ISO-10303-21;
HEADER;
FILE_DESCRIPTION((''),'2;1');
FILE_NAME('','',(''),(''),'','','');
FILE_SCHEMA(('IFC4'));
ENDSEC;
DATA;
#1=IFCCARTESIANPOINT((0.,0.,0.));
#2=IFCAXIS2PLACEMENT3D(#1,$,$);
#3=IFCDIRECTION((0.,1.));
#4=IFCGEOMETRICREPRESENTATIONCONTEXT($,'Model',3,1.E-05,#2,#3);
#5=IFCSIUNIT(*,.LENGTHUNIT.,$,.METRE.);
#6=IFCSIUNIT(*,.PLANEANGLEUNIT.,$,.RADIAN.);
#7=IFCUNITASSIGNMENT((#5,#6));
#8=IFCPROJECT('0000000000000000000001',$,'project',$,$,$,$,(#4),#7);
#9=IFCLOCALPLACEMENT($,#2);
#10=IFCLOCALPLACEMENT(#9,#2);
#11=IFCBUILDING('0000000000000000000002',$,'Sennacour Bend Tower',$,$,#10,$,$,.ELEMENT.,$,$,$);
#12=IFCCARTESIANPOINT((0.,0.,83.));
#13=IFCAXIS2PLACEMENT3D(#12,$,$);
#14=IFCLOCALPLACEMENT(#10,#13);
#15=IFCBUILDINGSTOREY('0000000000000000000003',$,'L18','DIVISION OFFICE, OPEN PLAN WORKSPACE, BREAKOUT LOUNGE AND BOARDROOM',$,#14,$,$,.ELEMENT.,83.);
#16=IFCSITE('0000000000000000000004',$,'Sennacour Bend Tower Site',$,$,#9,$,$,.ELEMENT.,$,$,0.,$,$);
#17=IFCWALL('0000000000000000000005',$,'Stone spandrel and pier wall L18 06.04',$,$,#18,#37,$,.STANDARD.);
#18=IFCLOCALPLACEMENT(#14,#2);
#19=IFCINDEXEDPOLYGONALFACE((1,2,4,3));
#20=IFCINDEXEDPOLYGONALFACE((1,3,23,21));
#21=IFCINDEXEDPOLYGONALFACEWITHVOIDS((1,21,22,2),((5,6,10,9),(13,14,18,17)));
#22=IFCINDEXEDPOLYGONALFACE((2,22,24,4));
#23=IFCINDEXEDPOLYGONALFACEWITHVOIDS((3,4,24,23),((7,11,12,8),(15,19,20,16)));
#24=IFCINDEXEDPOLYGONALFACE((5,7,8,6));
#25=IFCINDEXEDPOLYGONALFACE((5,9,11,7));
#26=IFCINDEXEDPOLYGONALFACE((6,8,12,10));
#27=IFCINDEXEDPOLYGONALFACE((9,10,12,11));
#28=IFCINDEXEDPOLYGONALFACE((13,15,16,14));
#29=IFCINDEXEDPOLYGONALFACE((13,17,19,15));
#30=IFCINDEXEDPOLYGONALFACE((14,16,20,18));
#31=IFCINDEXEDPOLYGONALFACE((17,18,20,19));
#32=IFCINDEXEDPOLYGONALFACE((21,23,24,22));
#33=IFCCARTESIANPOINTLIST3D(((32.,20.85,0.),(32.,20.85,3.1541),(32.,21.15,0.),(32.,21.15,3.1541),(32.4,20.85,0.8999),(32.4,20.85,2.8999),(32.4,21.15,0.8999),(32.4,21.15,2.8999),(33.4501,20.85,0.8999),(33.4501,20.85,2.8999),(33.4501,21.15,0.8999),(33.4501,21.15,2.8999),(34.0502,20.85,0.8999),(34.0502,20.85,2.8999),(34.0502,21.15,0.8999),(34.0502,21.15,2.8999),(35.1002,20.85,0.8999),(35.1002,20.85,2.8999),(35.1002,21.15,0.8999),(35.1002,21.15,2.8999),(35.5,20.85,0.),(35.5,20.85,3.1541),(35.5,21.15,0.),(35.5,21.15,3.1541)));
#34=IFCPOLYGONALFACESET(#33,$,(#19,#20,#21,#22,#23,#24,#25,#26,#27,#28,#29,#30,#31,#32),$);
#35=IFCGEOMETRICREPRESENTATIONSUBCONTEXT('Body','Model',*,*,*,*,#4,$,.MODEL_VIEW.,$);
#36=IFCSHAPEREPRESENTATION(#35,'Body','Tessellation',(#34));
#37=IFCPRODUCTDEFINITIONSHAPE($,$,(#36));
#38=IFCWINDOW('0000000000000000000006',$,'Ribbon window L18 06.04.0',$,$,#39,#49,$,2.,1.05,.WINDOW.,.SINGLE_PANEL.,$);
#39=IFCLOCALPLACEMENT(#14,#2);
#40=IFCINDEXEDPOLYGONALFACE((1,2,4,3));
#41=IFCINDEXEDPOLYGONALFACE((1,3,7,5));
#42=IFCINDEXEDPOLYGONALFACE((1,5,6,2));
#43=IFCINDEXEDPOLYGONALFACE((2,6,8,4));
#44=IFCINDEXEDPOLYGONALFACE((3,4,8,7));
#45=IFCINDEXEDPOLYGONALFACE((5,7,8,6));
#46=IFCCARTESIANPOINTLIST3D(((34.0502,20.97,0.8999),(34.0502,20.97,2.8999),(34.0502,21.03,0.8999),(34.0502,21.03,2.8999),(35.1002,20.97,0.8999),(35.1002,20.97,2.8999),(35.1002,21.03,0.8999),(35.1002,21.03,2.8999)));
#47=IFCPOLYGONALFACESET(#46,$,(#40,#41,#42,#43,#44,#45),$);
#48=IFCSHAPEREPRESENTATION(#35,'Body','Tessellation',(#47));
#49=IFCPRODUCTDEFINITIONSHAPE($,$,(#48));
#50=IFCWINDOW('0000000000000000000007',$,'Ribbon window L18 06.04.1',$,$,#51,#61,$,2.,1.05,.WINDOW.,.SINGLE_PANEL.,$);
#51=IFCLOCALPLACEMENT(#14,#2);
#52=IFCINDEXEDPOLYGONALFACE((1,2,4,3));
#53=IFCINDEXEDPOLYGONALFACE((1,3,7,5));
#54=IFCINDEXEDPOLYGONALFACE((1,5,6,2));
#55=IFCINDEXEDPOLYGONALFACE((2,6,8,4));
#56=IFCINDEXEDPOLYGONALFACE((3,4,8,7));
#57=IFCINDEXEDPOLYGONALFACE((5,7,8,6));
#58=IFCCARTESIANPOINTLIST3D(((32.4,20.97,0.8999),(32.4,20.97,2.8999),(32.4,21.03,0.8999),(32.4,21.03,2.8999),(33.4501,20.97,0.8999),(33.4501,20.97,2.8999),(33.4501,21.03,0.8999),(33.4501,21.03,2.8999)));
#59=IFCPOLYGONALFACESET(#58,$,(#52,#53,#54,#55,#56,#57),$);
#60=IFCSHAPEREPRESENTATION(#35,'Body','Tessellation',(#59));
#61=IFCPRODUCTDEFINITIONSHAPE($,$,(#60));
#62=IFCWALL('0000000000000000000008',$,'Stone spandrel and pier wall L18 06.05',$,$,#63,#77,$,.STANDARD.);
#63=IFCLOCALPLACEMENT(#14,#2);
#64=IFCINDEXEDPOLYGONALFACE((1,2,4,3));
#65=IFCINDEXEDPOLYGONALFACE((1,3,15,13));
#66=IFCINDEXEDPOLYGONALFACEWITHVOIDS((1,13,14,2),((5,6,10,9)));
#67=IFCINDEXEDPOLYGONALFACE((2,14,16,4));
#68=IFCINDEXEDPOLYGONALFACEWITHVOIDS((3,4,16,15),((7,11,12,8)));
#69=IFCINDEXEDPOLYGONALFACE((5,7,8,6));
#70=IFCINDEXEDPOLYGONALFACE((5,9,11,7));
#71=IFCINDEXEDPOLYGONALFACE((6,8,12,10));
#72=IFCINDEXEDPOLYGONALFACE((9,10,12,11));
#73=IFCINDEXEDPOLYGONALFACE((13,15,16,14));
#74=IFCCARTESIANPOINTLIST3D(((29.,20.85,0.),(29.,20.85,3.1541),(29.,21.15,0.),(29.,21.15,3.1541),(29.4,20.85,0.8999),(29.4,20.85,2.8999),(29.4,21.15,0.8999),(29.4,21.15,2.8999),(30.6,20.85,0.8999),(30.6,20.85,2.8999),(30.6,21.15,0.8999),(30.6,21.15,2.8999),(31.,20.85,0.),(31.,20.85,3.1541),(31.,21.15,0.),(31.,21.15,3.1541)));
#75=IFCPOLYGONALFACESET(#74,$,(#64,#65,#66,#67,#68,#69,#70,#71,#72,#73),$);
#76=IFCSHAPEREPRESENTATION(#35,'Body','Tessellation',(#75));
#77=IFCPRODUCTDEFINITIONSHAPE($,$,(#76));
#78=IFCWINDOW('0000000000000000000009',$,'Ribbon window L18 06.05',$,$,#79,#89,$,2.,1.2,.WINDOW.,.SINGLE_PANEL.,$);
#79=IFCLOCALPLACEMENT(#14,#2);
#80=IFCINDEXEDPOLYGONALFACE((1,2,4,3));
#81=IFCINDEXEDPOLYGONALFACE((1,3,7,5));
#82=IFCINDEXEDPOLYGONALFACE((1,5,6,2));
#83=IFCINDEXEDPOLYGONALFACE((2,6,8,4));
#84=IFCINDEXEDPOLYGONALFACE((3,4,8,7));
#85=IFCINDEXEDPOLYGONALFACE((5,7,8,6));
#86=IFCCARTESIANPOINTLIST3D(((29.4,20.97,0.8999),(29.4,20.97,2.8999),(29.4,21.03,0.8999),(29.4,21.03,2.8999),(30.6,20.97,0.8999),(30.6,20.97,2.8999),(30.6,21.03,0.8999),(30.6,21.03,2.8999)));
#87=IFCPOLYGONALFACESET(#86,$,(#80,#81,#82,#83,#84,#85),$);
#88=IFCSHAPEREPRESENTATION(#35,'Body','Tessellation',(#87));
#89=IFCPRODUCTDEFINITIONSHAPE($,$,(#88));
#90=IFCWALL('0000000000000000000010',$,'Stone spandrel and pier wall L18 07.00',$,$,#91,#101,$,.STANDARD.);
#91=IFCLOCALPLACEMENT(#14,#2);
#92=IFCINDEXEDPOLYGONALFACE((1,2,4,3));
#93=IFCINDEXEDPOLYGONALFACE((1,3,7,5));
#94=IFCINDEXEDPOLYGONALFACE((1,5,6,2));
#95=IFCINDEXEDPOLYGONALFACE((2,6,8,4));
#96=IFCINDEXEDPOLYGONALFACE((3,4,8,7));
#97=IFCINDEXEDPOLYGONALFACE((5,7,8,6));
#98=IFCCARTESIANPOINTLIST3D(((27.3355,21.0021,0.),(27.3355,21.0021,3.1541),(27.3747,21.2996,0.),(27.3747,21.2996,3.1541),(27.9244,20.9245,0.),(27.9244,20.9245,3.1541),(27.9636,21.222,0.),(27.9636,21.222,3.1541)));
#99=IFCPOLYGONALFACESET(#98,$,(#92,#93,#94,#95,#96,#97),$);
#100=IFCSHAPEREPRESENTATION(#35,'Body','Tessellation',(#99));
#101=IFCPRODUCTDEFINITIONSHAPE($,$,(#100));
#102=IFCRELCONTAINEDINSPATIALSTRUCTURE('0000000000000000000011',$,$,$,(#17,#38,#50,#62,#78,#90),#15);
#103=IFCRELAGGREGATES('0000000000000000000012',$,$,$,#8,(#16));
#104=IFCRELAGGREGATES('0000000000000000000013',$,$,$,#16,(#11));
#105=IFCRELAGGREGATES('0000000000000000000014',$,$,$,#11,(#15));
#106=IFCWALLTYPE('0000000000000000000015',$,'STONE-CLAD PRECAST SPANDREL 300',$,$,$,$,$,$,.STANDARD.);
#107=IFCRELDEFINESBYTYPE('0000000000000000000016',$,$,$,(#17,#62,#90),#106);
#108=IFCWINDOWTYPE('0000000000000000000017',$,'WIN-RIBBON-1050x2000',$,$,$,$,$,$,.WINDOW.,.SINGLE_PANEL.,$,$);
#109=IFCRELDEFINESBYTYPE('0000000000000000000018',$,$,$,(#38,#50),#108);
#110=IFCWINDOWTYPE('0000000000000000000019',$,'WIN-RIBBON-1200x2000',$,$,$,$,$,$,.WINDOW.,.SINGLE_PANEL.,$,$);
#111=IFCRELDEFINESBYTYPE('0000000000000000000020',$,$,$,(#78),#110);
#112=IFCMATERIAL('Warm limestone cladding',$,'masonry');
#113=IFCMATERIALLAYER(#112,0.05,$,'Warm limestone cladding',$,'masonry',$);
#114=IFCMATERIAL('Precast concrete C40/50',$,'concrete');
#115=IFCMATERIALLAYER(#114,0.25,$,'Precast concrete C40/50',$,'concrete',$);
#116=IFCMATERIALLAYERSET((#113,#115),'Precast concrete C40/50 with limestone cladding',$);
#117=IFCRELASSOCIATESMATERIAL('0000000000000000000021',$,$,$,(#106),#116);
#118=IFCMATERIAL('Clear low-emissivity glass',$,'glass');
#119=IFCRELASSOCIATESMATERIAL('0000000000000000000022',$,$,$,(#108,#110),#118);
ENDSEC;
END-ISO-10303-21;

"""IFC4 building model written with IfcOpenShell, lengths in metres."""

from ifc_helpers import new_model, si_unit, direction, frame, frame_2d, origin, place, context, subcontext, project, spatial, rectangle, extrude, material, layer, layer_set, type_object, element, fill, save


model = new_model("IFC4")

# Units and contexts
model_context = context("Model", 3, precision=1e-05, world=origin(), true_north=direction((0.0, 1.0)))
body_context = subcontext(model_context, "Body", "Model", "MODEL_VIEW")
ifc_project = project(units=[si_unit("LENGTHUNIT", "METRE"), si_unit("PLANEANGLEUNIT", "RADIAN")], contexts=[model_context])

# Site, building, storey
site_placement = place(None, origin())
site = spatial("IfcSite", under=ifc_project, at=site_placement, Name="Sennacour Bend Tower Site", CompositionType="ELEMENT", RefElevation=0.0)
building_placement = place(site_placement, origin())
building = spatial("IfcBuilding", under=site, at=building_placement, Name="Sennacour Bend Tower", CompositionType="ELEMENT")
storey_placement = place(building_placement, frame((0.0, 0.0, 83.0)))
storey = spatial("IfcBuildingStorey", under=building, at=storey_placement, Name="L18", Description="DIVISION OFFICE, OPEN PLAN WORKSPACE, BREAKOUT LOUNGE AND BOARDROOM", CompositionType="ELEMENT", Elevation=83.0)

# Wall, openings, windows
ifc_material_1 = material(Name="Warm limestone cladding", Category="masonry")
ifc_layer_1 = layer(ifc_material_1, 0.05, Name="Warm limestone cladding", Category="masonry")
ifc_material_2 = material(Name="Precast concrete C40/50", Category="concrete")
ifc_layer_2 = layer(ifc_material_2, 0.25, Name="Precast concrete C40/50", Category="concrete")
ifc_layer_set_1 = layer_set([ifc_layer_1, ifc_layer_2], Name="Precast concrete C40/50 with limestone cladding")
wall_type_1 = type_object("IfcWallType", Name="STONE-CLAD PRECAST SPANDREL 300", PredefinedType="STANDARD", material=ifc_layer_set_1)
ifc_material_3 = material(Name="Clear low-emissivity glass", Category="glass")
window_type_1 = type_object("IfcWindowType", Name="WIN-RIBBON-1050x2000", PartitioningType="SINGLE_PANEL", PredefinedType="WINDOW", material=ifc_material_3)
wall_1_placement = place(storey_placement, frame((35.5, 21.0, 0.0), z_axis=(0.0, 0.0, 1.0), x_axis=(-1.0, 0.0, 0.0)))
wall_1 = element("IfcWall", 1, at=wall_1_placement, inside=storey, type_object=wall_type_1, Name="Stone spandrel and pier wall L18 06.04", PredefinedType="STANDARD", context=body_context, shape_type="SweptSolid", body=[
    extrude(rectangle(XDim=3.5, YDim=0.3, at=frame_2d((1.75, 0.0))), origin(), (0.0, 0.0, 1.0), 3.1541),
])
opening_1_placement = place(wall_1_placement, frame((0.3999, 0.0, 0.8999)))
opening_1 = element("IfcOpeningElement", 2, at=opening_1_placement, cuts=wall_1, PredefinedType="OPENING", context=body_context, shape_type="SweptSolid", body=[
    extrude(rectangle(XDim=1.05, YDim=2.0, at=frame_2d((0.5249, 1.0))), frame((0.0, 0.1602, 0.0), z_axis=(0.0, -1.0, 0.0), x_axis=(1.0, 0.0, 0.0)), (0.0, 0.0, 1.0), 0.3201),
])
opening_2_placement = place(wall_1_placement, frame((2.05, 0.0, 0.8999)))
opening_2 = element("IfcOpeningElement", 3, at=opening_2_placement, cuts=wall_1, PredefinedType="OPENING", context=body_context, shape_type="SweptSolid", body=[
    extrude(rectangle(XDim=1.05, YDim=2.0, at=frame_2d((0.5249, 1.0))), frame((0.0, 0.1602, 0.0), z_axis=(0.0, -1.0, 0.0), x_axis=(1.0, 0.0, 0.0)), (0.0, 0.0, 1.0), 0.3201),
])
window_1_placement = place(opening_1_placement, origin())
window_1 = element("IfcWindow", 4, at=window_1_placement, inside=storey, type_object=window_type_1, Name="Ribbon window L18 06.04.0", OverallHeight=2.0, OverallWidth=1.05, PartitioningType="SINGLE_PANEL", PredefinedType="WINDOW", context=body_context, shape_type="SweptSolid", body=[
    extrude(rectangle(XDim=1.05, YDim=2.0, at=frame_2d((0.5249, 1.0))), frame((0.0, 0.03, 0.0), z_axis=(0.0, -1.0, 0.0), x_axis=(1.0, 0.0, 0.0)), (0.0, 0.0, 1.0), 0.0601),
])
fill(opening_1, window_1)
window_2_placement = place(opening_2_placement, origin())
window_2 = element("IfcWindow", 5, at=window_2_placement, inside=storey, type_object=window_type_1, Name="Ribbon window L18 06.04.1", OverallHeight=2.0, OverallWidth=1.05, PartitioningType="SINGLE_PANEL", PredefinedType="WINDOW", context=body_context, shape_type="SweptSolid", body=[
    extrude(rectangle(XDim=1.05, YDim=2.0, at=frame_2d((0.5249, 1.0))), frame((0.0, 0.03, 0.0), z_axis=(0.0, -1.0, 0.0), x_axis=(1.0, 0.0, 0.0)), (0.0, 0.0, 1.0), 0.0601),
])
fill(opening_2, window_2)

# Wall, opening, window
wall_2_placement = place(storey_placement, frame((31.0, 21.0, 0.0), z_axis=(0.0, 0.0, 1.0), x_axis=(-1.0, 0.0, 0.0)))
wall_2 = element("IfcWall", 6, at=wall_2_placement, inside=storey, type_object=wall_type_1, Name="Stone spandrel and pier wall L18 06.05", PredefinedType="STANDARD", context=body_context, shape_type="SweptSolid", body=[
    extrude(rectangle(XDim=2.0, YDim=0.3, at=frame_2d((1.0, 0.0))), origin(), (0.0, 0.0, 1.0), 3.1541),
])
opening_3_placement = place(wall_2_placement, frame((0.3999, 0.0, 0.8999)))
opening_3 = element("IfcOpeningElement", 7, at=opening_3_placement, cuts=wall_2, PredefinedType="OPENING", context=body_context, shape_type="SweptSolid", body=[
    extrude(rectangle(XDim=1.2, YDim=2.0, at=frame_2d((0.6001, 1.0))), frame((0.0, 0.1602, 0.0), z_axis=(0.0, -1.0, 0.0), x_axis=(1.0, 0.0, 0.0)), (0.0, 0.0, 1.0), 0.3201),
])
window_type_2 = type_object("IfcWindowType", Name="WIN-RIBBON-1200x2000", PartitioningType="SINGLE_PANEL", PredefinedType="WINDOW", material=ifc_material_3)
window_3_placement = place(opening_3_placement, origin())
window_3 = element("IfcWindow", 8, at=window_3_placement, inside=storey, type_object=window_type_2, Name="Ribbon window L18 06.05", OverallHeight=2.0, OverallWidth=1.2, PartitioningType="SINGLE_PANEL", PredefinedType="WINDOW", context=body_context, shape_type="SweptSolid", body=[
    extrude(rectangle(XDim=1.2, YDim=2.0, at=frame_2d((0.6001, 1.0))), frame((0.0, 0.03, 0.0), z_axis=(0.0, -1.0, 0.0), x_axis=(1.0, 0.0, 0.0)), (0.0, 0.0, 1.0), 0.0601),
])
fill(opening_3, window_3)

# Wall
wall_3_placement = place(storey_placement, frame((27.9438, 21.0732, 0.0), z_axis=(0.0, 0.0, 1.0), x_axis=(-0.991421, 0.13071, 0.0)))
element("IfcWall", 9, at=wall_3_placement, inside=storey, type_object=wall_type_1, Name="Stone spandrel and pier wall L18 07.00", PredefinedType="STANDARD", context=body_context, shape_type="SweptSolid", body=[
    extrude(rectangle(XDim=0.594, YDim=0.3, at=frame_2d((0.2969, 0.0))), origin(), (0.0, 0.0, 1.0), 3.1541),
])

save(model, "model.ifc")
